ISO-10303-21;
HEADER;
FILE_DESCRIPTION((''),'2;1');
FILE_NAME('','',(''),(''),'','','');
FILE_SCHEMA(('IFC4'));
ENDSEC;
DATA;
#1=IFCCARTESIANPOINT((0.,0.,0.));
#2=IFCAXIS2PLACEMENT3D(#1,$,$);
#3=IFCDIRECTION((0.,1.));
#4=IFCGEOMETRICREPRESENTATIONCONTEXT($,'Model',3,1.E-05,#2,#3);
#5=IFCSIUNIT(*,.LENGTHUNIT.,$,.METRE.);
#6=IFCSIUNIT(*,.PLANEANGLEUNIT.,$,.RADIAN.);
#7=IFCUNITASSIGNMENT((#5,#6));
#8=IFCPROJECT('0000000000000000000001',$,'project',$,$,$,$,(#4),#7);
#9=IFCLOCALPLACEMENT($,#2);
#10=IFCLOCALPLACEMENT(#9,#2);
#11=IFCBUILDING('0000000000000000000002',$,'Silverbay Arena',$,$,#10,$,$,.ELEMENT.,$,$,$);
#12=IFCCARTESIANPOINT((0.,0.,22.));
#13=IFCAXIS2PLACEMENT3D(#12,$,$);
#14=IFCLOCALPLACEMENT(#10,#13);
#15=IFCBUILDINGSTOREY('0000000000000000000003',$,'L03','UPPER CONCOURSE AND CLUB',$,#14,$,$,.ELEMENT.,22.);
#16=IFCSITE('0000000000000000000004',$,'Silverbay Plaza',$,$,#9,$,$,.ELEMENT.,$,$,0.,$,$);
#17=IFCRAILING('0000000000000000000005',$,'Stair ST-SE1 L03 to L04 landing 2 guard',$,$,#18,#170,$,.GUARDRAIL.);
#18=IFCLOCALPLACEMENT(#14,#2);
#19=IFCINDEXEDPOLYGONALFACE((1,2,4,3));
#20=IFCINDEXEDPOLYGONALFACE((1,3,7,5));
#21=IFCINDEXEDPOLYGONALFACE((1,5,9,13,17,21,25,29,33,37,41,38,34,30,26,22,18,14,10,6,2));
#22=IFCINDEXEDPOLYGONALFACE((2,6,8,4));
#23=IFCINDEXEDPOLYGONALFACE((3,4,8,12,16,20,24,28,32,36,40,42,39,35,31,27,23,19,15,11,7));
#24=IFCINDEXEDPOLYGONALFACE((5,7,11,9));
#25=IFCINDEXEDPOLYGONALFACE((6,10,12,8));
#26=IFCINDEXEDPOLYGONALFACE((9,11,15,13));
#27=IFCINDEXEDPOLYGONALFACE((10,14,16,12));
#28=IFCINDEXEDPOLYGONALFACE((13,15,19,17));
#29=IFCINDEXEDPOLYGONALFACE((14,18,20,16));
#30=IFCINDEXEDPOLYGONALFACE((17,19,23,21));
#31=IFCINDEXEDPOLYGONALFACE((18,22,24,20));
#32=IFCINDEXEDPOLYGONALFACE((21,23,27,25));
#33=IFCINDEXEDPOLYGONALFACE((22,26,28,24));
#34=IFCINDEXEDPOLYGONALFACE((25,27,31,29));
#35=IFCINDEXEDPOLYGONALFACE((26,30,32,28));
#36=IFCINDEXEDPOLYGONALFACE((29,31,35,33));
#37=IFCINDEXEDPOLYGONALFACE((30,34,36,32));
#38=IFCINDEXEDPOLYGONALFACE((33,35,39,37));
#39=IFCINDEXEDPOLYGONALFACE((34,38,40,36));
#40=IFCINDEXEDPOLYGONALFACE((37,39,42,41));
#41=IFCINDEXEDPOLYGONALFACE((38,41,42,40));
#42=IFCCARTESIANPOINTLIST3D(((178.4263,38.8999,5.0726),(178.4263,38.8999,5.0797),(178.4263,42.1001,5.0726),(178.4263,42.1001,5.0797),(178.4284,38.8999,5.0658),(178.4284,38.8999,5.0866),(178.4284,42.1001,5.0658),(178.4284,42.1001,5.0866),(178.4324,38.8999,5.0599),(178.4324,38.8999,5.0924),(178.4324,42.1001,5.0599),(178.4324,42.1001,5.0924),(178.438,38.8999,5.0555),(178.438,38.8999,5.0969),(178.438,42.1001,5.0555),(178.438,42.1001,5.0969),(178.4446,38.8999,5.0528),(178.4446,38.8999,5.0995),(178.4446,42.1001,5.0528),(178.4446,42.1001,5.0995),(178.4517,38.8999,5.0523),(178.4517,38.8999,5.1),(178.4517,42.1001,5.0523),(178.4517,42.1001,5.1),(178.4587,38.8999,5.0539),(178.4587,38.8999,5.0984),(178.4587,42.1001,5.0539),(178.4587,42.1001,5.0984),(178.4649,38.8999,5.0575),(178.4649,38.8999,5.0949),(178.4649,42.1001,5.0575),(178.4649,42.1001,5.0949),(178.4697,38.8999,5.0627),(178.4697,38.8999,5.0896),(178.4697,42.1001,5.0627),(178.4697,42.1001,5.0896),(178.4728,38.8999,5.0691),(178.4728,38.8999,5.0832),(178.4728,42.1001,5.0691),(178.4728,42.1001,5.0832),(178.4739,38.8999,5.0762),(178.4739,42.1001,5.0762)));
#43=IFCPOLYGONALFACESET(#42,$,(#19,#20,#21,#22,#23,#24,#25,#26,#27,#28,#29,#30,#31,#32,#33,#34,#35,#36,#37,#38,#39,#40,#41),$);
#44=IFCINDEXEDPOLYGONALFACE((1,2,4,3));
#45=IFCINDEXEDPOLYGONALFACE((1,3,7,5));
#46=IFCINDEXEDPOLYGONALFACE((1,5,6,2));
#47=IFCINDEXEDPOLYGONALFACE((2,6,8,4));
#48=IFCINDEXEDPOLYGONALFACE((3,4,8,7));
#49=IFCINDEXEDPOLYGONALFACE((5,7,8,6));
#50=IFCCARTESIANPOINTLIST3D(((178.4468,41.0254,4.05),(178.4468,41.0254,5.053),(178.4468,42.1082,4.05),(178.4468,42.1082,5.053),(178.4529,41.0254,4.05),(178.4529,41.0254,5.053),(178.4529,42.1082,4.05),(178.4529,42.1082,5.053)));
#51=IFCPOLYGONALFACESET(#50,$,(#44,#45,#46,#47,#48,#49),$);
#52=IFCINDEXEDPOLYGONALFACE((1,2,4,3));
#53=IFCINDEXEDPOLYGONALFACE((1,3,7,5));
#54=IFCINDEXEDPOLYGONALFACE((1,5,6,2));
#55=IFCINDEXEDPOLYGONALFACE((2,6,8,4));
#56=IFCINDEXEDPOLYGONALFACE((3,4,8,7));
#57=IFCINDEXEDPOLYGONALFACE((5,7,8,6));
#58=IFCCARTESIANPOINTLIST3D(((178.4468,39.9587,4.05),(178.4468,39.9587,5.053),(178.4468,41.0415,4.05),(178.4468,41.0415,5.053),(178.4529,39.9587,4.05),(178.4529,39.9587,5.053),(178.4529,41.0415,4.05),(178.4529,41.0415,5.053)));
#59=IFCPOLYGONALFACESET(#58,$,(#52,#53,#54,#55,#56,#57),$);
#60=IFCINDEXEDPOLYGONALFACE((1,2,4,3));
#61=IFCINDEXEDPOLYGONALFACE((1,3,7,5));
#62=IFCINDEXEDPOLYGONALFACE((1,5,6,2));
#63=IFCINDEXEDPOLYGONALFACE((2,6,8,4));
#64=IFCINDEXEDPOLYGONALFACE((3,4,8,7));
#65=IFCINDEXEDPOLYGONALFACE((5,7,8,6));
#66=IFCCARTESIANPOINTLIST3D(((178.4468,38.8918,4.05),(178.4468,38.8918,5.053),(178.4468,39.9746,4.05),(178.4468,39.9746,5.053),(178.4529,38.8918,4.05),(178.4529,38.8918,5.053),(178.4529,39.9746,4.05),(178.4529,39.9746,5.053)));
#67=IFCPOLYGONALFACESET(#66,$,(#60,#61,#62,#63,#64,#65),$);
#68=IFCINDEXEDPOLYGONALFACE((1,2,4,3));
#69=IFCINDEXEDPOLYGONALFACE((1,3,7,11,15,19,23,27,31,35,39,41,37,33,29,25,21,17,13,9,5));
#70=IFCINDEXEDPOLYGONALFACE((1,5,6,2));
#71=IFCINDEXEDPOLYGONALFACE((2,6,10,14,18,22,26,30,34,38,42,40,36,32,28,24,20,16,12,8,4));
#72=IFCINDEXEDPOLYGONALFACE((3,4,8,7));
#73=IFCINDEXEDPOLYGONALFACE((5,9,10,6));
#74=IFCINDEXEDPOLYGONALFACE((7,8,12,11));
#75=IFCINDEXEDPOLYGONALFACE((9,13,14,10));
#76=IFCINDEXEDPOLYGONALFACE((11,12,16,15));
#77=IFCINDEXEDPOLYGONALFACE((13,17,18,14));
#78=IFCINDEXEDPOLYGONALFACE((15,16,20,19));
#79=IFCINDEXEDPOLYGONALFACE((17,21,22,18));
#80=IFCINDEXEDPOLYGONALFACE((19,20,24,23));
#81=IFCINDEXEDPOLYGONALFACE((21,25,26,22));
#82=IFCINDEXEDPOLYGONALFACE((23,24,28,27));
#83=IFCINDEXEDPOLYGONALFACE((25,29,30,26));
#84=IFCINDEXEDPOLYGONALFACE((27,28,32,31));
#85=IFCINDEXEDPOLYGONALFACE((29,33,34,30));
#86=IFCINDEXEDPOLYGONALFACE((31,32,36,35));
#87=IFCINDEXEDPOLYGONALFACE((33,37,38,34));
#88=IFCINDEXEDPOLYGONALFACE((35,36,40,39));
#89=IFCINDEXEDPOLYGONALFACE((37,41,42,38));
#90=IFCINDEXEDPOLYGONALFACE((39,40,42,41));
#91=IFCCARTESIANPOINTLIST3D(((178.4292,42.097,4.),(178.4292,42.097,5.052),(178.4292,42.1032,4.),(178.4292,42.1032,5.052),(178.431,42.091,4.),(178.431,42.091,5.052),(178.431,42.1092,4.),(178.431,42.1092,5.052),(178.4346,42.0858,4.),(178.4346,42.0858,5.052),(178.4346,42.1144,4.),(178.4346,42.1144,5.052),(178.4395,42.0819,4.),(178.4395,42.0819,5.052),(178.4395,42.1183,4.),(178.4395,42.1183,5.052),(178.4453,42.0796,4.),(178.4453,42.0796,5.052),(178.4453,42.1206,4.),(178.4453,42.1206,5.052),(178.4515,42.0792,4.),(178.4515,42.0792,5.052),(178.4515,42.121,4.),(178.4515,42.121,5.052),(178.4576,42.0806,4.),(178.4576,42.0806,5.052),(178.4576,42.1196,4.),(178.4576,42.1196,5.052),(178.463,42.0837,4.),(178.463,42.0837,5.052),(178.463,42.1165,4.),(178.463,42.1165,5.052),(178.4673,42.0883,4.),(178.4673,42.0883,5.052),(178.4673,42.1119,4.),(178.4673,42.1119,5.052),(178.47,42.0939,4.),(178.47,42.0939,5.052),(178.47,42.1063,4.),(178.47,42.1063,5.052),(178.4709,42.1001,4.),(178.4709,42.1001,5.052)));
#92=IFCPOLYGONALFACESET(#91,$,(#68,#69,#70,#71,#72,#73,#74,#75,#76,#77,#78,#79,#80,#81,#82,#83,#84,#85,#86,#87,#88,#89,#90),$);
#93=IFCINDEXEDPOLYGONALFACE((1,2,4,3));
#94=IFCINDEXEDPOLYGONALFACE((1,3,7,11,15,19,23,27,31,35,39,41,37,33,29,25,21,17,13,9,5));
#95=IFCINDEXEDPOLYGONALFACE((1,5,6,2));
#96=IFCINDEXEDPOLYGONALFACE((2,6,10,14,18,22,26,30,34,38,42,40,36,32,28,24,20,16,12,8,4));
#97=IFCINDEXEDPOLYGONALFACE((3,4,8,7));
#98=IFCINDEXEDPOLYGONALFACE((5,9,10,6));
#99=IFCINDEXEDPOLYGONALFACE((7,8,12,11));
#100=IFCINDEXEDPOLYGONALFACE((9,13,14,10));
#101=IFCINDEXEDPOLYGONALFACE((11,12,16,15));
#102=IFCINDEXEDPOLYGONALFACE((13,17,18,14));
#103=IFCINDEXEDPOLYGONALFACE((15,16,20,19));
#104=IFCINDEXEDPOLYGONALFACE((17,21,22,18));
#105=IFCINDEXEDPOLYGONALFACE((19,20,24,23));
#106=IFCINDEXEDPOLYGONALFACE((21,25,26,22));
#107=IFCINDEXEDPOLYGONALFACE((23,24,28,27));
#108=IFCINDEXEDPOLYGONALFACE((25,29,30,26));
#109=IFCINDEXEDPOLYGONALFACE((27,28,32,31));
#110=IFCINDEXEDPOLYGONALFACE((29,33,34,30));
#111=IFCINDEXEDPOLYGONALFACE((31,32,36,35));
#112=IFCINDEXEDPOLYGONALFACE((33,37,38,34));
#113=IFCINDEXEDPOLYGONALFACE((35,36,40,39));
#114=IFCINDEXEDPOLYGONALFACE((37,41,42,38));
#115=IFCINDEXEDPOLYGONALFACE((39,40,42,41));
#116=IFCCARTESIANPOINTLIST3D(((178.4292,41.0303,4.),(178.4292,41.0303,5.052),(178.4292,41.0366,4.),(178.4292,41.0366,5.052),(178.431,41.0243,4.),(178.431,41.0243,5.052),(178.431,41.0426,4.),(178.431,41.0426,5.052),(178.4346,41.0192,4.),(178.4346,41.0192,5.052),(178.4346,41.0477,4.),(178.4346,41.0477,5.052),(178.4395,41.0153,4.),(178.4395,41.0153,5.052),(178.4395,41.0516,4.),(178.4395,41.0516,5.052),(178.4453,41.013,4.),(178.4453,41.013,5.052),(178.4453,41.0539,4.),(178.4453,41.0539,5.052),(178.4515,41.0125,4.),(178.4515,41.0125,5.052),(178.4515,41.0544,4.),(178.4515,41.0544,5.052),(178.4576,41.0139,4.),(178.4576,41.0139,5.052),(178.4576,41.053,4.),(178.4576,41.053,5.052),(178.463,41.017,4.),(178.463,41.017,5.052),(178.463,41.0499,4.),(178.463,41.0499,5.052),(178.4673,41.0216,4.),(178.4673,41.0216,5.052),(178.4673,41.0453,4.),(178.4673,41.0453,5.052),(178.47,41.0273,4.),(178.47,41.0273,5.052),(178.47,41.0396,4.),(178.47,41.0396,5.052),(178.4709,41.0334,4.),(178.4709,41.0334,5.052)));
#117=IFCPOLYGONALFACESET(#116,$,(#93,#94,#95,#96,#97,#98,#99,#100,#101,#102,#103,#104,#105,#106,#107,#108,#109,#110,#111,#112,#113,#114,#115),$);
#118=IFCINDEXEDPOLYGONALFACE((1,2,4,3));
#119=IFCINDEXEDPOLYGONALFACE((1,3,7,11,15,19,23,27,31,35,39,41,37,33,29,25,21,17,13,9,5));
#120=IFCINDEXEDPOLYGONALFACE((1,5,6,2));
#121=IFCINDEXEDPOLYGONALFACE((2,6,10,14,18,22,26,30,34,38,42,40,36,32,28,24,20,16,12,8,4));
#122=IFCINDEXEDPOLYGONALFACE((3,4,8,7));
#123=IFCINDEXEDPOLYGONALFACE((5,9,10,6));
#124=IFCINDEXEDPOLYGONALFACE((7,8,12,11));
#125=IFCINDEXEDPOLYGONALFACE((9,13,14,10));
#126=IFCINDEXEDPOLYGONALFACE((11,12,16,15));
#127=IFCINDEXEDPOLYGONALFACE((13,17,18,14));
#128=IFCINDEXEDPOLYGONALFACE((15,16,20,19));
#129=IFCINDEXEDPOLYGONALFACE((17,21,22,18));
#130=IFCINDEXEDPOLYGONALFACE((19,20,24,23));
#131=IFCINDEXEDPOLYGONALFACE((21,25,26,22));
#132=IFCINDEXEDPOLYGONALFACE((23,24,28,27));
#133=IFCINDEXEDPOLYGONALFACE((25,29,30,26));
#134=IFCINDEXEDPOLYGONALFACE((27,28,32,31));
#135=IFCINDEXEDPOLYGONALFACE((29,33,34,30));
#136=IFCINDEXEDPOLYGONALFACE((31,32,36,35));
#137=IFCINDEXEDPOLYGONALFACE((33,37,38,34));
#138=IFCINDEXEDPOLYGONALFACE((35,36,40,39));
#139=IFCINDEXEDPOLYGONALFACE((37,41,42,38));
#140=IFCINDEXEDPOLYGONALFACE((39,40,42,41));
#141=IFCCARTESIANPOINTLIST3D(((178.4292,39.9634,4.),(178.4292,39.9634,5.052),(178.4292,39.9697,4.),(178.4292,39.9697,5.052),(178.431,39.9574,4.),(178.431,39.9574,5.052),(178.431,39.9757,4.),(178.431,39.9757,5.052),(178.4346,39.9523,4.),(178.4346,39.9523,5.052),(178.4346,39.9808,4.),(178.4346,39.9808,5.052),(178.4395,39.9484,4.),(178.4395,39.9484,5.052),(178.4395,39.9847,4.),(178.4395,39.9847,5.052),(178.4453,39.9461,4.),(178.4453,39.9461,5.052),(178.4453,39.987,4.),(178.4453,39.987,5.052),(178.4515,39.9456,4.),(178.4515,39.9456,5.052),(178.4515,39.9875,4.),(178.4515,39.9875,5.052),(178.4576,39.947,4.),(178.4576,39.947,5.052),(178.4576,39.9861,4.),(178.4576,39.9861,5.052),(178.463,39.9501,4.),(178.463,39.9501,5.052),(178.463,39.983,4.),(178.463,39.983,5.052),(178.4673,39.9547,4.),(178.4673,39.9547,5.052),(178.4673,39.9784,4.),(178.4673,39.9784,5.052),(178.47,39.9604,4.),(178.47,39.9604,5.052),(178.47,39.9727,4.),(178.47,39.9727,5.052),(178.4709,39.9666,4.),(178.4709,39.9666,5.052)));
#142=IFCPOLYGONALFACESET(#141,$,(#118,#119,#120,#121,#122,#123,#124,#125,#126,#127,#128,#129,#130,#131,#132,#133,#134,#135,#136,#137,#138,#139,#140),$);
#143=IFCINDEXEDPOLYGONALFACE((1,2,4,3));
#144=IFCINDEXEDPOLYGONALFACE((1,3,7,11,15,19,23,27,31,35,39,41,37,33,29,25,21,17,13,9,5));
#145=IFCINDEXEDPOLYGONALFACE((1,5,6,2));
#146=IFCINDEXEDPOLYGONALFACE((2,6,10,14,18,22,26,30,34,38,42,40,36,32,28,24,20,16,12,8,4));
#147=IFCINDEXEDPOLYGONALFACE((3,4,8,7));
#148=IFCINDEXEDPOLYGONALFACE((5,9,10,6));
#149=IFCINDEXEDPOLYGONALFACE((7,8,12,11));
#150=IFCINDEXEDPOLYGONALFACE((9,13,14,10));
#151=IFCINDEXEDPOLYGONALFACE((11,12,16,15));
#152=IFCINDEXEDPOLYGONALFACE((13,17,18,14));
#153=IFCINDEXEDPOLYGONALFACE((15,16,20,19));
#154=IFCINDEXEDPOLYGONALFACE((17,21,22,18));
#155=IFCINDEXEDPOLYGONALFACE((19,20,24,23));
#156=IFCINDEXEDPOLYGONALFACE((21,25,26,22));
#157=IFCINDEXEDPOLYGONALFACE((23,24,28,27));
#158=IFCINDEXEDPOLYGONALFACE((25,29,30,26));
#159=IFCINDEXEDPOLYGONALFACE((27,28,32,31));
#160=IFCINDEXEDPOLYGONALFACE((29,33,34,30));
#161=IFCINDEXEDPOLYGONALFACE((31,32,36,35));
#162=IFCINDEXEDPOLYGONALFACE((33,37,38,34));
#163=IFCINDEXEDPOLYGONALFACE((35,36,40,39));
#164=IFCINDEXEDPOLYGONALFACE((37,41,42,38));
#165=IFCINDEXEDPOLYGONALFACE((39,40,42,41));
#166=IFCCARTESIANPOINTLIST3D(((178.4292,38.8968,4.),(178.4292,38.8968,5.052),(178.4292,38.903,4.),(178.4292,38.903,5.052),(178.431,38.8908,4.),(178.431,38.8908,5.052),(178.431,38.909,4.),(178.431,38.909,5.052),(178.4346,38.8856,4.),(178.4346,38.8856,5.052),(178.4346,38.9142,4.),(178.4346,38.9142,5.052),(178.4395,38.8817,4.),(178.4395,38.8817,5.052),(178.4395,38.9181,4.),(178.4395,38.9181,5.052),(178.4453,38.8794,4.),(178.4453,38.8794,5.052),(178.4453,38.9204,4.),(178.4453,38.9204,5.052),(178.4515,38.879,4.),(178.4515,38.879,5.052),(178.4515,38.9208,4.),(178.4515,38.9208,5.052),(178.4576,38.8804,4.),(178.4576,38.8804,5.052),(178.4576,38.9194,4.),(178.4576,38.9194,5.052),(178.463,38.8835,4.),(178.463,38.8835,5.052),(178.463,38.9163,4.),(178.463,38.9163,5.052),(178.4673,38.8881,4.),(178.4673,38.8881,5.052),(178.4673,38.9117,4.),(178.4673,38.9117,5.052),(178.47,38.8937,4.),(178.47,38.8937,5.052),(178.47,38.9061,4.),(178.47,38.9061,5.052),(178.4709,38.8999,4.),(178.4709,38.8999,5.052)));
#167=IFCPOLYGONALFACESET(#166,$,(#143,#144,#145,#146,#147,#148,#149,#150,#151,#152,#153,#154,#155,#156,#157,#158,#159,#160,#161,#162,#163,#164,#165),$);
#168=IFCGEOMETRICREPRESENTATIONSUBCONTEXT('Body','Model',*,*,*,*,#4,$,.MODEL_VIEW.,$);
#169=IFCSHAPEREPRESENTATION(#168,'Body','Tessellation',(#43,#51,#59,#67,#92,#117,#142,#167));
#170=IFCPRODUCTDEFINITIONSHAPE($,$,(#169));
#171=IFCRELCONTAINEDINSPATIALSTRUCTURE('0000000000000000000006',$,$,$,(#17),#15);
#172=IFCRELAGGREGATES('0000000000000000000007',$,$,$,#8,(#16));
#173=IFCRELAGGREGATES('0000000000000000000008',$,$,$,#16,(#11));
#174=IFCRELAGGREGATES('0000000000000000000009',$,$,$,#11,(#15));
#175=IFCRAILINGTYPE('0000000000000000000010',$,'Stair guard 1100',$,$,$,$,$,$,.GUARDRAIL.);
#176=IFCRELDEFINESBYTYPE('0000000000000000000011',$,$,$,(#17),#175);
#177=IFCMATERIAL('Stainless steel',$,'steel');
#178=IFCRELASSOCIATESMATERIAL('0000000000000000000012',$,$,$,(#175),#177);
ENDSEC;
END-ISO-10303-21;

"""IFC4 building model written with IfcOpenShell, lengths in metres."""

from ifc_helpers import new_model, si_unit, direction, frame, origin, origin_2d, place, context, subcontext, project, spatial, polyline, circle, outline, extrude, material, type_object, element, save


model = new_model("IFC4")

# Units and contexts
model_context = context("Model", 3, precision=1e-05, world=origin(), true_north=direction((0.0, 1.0)))
body_context = subcontext(model_context, "Body", "Model", "MODEL_VIEW")
ifc_project = project(units=[si_unit("LENGTHUNIT", "METRE"), si_unit("PLANEANGLEUNIT", "RADIAN")], contexts=[model_context])

# Site, building, storey
site_placement = place(None, origin())
site = spatial("IfcSite", under=ifc_project, at=site_placement, Name="Silverbay Plaza", CompositionType="ELEMENT", RefElevation=0.0)
building_placement = place(site_placement, origin())
building = spatial("IfcBuilding", under=site, at=building_placement, Name="Silverbay Arena", CompositionType="ELEMENT")
storey_placement = place(building_placement, frame((0.0, 0.0, 22.0)))
storey = spatial("IfcBuildingStorey", under=building, at=storey_placement, Name="L03", Description="UPPER CONCOURSE AND CLUB", CompositionType="ELEMENT", Elevation=22.0)

# Railing
ifc_material_1 = material(Name="Stainless steel", Category="steel")
railing_type_1 = type_object("IfcRailingType", Name="Stair guard 1100", PredefinedType="GUARDRAIL", material=ifc_material_1)
for number, where, name in (
    (1, (178.45, 42.1001, 4.0), "Stair ST-SE1 L03 to L04 landing 2 guard"),
):
    element("IfcRailing", number, at=place(storey_placement, frame(where)), inside=storey, type_object=railing_type_1, Name=name, PredefinedType="GUARDRAIL", context=body_context, shape_type="SweptSolid", body=[
        extrude(circle(Radius=0.0239, at=origin_2d()), frame((0.0, 0.0, 1.0762), z_axis=(0.0, -1.0, 0.0), x_axis=(1.0, 0.0, 0.0)), (0.0, 0.0, 1.0), 3.2002),
        extrude(outline(polyline([(-0.0081, 0.05), (1.0747, 0.05), (1.0747, 1.053), (-0.0081, 1.053), (-0.0081, 0.05)])), frame((0.0029, 0.0, 0.0), z_axis=(-1.0, 0.0, 0.0), x_axis=(0.0, -1.0, 0.0)), (0.0, 0.0, 1.0), 0.0061),
        extrude(outline(polyline([(-0.0081, 0.05), (1.0747, 0.05), (1.0747, 1.053), (-0.0081, 1.053), (-0.0081, 0.05)])), frame((0.0029, -1.0667, 0.0), z_axis=(-1.0, 0.0, 0.0), x_axis=(0.0, -1.0, 0.0)), (0.0, 0.0, 1.0), 0.0061),
        extrude(outline(polyline([(-0.0081, 0.05), (1.0747, 0.05), (1.0747, 1.053), (-0.0081, 1.053), (-0.0081, 0.05)])), frame((0.0029, -2.1335, 0.0), z_axis=(-1.0, 0.0, 0.0), x_axis=(0.0, -1.0, 0.0)), (0.0, 0.0, 1.0), 0.0061),
        extrude(circle(Radius=0.021, at=origin_2d()), origin(), (0.0, 0.0, 1.0), 1.052),
        extrude(circle(Radius=0.021, at=origin_2d()), frame((0.0, -1.0667, 0.0)), (0.0, 0.0, 1.0), 1.052),
        extrude(circle(Radius=0.021, at=origin_2d()), frame((0.0, -2.1335, 0.0)), (0.0, 0.0, 1.0), 1.052),
        extrude(circle(Radius=0.021, at=origin_2d()), frame((0.0, -3.2002, 0.0)), (0.0, 0.0, 1.0), 1.052),
    ])

save(model, "model.ifc")
